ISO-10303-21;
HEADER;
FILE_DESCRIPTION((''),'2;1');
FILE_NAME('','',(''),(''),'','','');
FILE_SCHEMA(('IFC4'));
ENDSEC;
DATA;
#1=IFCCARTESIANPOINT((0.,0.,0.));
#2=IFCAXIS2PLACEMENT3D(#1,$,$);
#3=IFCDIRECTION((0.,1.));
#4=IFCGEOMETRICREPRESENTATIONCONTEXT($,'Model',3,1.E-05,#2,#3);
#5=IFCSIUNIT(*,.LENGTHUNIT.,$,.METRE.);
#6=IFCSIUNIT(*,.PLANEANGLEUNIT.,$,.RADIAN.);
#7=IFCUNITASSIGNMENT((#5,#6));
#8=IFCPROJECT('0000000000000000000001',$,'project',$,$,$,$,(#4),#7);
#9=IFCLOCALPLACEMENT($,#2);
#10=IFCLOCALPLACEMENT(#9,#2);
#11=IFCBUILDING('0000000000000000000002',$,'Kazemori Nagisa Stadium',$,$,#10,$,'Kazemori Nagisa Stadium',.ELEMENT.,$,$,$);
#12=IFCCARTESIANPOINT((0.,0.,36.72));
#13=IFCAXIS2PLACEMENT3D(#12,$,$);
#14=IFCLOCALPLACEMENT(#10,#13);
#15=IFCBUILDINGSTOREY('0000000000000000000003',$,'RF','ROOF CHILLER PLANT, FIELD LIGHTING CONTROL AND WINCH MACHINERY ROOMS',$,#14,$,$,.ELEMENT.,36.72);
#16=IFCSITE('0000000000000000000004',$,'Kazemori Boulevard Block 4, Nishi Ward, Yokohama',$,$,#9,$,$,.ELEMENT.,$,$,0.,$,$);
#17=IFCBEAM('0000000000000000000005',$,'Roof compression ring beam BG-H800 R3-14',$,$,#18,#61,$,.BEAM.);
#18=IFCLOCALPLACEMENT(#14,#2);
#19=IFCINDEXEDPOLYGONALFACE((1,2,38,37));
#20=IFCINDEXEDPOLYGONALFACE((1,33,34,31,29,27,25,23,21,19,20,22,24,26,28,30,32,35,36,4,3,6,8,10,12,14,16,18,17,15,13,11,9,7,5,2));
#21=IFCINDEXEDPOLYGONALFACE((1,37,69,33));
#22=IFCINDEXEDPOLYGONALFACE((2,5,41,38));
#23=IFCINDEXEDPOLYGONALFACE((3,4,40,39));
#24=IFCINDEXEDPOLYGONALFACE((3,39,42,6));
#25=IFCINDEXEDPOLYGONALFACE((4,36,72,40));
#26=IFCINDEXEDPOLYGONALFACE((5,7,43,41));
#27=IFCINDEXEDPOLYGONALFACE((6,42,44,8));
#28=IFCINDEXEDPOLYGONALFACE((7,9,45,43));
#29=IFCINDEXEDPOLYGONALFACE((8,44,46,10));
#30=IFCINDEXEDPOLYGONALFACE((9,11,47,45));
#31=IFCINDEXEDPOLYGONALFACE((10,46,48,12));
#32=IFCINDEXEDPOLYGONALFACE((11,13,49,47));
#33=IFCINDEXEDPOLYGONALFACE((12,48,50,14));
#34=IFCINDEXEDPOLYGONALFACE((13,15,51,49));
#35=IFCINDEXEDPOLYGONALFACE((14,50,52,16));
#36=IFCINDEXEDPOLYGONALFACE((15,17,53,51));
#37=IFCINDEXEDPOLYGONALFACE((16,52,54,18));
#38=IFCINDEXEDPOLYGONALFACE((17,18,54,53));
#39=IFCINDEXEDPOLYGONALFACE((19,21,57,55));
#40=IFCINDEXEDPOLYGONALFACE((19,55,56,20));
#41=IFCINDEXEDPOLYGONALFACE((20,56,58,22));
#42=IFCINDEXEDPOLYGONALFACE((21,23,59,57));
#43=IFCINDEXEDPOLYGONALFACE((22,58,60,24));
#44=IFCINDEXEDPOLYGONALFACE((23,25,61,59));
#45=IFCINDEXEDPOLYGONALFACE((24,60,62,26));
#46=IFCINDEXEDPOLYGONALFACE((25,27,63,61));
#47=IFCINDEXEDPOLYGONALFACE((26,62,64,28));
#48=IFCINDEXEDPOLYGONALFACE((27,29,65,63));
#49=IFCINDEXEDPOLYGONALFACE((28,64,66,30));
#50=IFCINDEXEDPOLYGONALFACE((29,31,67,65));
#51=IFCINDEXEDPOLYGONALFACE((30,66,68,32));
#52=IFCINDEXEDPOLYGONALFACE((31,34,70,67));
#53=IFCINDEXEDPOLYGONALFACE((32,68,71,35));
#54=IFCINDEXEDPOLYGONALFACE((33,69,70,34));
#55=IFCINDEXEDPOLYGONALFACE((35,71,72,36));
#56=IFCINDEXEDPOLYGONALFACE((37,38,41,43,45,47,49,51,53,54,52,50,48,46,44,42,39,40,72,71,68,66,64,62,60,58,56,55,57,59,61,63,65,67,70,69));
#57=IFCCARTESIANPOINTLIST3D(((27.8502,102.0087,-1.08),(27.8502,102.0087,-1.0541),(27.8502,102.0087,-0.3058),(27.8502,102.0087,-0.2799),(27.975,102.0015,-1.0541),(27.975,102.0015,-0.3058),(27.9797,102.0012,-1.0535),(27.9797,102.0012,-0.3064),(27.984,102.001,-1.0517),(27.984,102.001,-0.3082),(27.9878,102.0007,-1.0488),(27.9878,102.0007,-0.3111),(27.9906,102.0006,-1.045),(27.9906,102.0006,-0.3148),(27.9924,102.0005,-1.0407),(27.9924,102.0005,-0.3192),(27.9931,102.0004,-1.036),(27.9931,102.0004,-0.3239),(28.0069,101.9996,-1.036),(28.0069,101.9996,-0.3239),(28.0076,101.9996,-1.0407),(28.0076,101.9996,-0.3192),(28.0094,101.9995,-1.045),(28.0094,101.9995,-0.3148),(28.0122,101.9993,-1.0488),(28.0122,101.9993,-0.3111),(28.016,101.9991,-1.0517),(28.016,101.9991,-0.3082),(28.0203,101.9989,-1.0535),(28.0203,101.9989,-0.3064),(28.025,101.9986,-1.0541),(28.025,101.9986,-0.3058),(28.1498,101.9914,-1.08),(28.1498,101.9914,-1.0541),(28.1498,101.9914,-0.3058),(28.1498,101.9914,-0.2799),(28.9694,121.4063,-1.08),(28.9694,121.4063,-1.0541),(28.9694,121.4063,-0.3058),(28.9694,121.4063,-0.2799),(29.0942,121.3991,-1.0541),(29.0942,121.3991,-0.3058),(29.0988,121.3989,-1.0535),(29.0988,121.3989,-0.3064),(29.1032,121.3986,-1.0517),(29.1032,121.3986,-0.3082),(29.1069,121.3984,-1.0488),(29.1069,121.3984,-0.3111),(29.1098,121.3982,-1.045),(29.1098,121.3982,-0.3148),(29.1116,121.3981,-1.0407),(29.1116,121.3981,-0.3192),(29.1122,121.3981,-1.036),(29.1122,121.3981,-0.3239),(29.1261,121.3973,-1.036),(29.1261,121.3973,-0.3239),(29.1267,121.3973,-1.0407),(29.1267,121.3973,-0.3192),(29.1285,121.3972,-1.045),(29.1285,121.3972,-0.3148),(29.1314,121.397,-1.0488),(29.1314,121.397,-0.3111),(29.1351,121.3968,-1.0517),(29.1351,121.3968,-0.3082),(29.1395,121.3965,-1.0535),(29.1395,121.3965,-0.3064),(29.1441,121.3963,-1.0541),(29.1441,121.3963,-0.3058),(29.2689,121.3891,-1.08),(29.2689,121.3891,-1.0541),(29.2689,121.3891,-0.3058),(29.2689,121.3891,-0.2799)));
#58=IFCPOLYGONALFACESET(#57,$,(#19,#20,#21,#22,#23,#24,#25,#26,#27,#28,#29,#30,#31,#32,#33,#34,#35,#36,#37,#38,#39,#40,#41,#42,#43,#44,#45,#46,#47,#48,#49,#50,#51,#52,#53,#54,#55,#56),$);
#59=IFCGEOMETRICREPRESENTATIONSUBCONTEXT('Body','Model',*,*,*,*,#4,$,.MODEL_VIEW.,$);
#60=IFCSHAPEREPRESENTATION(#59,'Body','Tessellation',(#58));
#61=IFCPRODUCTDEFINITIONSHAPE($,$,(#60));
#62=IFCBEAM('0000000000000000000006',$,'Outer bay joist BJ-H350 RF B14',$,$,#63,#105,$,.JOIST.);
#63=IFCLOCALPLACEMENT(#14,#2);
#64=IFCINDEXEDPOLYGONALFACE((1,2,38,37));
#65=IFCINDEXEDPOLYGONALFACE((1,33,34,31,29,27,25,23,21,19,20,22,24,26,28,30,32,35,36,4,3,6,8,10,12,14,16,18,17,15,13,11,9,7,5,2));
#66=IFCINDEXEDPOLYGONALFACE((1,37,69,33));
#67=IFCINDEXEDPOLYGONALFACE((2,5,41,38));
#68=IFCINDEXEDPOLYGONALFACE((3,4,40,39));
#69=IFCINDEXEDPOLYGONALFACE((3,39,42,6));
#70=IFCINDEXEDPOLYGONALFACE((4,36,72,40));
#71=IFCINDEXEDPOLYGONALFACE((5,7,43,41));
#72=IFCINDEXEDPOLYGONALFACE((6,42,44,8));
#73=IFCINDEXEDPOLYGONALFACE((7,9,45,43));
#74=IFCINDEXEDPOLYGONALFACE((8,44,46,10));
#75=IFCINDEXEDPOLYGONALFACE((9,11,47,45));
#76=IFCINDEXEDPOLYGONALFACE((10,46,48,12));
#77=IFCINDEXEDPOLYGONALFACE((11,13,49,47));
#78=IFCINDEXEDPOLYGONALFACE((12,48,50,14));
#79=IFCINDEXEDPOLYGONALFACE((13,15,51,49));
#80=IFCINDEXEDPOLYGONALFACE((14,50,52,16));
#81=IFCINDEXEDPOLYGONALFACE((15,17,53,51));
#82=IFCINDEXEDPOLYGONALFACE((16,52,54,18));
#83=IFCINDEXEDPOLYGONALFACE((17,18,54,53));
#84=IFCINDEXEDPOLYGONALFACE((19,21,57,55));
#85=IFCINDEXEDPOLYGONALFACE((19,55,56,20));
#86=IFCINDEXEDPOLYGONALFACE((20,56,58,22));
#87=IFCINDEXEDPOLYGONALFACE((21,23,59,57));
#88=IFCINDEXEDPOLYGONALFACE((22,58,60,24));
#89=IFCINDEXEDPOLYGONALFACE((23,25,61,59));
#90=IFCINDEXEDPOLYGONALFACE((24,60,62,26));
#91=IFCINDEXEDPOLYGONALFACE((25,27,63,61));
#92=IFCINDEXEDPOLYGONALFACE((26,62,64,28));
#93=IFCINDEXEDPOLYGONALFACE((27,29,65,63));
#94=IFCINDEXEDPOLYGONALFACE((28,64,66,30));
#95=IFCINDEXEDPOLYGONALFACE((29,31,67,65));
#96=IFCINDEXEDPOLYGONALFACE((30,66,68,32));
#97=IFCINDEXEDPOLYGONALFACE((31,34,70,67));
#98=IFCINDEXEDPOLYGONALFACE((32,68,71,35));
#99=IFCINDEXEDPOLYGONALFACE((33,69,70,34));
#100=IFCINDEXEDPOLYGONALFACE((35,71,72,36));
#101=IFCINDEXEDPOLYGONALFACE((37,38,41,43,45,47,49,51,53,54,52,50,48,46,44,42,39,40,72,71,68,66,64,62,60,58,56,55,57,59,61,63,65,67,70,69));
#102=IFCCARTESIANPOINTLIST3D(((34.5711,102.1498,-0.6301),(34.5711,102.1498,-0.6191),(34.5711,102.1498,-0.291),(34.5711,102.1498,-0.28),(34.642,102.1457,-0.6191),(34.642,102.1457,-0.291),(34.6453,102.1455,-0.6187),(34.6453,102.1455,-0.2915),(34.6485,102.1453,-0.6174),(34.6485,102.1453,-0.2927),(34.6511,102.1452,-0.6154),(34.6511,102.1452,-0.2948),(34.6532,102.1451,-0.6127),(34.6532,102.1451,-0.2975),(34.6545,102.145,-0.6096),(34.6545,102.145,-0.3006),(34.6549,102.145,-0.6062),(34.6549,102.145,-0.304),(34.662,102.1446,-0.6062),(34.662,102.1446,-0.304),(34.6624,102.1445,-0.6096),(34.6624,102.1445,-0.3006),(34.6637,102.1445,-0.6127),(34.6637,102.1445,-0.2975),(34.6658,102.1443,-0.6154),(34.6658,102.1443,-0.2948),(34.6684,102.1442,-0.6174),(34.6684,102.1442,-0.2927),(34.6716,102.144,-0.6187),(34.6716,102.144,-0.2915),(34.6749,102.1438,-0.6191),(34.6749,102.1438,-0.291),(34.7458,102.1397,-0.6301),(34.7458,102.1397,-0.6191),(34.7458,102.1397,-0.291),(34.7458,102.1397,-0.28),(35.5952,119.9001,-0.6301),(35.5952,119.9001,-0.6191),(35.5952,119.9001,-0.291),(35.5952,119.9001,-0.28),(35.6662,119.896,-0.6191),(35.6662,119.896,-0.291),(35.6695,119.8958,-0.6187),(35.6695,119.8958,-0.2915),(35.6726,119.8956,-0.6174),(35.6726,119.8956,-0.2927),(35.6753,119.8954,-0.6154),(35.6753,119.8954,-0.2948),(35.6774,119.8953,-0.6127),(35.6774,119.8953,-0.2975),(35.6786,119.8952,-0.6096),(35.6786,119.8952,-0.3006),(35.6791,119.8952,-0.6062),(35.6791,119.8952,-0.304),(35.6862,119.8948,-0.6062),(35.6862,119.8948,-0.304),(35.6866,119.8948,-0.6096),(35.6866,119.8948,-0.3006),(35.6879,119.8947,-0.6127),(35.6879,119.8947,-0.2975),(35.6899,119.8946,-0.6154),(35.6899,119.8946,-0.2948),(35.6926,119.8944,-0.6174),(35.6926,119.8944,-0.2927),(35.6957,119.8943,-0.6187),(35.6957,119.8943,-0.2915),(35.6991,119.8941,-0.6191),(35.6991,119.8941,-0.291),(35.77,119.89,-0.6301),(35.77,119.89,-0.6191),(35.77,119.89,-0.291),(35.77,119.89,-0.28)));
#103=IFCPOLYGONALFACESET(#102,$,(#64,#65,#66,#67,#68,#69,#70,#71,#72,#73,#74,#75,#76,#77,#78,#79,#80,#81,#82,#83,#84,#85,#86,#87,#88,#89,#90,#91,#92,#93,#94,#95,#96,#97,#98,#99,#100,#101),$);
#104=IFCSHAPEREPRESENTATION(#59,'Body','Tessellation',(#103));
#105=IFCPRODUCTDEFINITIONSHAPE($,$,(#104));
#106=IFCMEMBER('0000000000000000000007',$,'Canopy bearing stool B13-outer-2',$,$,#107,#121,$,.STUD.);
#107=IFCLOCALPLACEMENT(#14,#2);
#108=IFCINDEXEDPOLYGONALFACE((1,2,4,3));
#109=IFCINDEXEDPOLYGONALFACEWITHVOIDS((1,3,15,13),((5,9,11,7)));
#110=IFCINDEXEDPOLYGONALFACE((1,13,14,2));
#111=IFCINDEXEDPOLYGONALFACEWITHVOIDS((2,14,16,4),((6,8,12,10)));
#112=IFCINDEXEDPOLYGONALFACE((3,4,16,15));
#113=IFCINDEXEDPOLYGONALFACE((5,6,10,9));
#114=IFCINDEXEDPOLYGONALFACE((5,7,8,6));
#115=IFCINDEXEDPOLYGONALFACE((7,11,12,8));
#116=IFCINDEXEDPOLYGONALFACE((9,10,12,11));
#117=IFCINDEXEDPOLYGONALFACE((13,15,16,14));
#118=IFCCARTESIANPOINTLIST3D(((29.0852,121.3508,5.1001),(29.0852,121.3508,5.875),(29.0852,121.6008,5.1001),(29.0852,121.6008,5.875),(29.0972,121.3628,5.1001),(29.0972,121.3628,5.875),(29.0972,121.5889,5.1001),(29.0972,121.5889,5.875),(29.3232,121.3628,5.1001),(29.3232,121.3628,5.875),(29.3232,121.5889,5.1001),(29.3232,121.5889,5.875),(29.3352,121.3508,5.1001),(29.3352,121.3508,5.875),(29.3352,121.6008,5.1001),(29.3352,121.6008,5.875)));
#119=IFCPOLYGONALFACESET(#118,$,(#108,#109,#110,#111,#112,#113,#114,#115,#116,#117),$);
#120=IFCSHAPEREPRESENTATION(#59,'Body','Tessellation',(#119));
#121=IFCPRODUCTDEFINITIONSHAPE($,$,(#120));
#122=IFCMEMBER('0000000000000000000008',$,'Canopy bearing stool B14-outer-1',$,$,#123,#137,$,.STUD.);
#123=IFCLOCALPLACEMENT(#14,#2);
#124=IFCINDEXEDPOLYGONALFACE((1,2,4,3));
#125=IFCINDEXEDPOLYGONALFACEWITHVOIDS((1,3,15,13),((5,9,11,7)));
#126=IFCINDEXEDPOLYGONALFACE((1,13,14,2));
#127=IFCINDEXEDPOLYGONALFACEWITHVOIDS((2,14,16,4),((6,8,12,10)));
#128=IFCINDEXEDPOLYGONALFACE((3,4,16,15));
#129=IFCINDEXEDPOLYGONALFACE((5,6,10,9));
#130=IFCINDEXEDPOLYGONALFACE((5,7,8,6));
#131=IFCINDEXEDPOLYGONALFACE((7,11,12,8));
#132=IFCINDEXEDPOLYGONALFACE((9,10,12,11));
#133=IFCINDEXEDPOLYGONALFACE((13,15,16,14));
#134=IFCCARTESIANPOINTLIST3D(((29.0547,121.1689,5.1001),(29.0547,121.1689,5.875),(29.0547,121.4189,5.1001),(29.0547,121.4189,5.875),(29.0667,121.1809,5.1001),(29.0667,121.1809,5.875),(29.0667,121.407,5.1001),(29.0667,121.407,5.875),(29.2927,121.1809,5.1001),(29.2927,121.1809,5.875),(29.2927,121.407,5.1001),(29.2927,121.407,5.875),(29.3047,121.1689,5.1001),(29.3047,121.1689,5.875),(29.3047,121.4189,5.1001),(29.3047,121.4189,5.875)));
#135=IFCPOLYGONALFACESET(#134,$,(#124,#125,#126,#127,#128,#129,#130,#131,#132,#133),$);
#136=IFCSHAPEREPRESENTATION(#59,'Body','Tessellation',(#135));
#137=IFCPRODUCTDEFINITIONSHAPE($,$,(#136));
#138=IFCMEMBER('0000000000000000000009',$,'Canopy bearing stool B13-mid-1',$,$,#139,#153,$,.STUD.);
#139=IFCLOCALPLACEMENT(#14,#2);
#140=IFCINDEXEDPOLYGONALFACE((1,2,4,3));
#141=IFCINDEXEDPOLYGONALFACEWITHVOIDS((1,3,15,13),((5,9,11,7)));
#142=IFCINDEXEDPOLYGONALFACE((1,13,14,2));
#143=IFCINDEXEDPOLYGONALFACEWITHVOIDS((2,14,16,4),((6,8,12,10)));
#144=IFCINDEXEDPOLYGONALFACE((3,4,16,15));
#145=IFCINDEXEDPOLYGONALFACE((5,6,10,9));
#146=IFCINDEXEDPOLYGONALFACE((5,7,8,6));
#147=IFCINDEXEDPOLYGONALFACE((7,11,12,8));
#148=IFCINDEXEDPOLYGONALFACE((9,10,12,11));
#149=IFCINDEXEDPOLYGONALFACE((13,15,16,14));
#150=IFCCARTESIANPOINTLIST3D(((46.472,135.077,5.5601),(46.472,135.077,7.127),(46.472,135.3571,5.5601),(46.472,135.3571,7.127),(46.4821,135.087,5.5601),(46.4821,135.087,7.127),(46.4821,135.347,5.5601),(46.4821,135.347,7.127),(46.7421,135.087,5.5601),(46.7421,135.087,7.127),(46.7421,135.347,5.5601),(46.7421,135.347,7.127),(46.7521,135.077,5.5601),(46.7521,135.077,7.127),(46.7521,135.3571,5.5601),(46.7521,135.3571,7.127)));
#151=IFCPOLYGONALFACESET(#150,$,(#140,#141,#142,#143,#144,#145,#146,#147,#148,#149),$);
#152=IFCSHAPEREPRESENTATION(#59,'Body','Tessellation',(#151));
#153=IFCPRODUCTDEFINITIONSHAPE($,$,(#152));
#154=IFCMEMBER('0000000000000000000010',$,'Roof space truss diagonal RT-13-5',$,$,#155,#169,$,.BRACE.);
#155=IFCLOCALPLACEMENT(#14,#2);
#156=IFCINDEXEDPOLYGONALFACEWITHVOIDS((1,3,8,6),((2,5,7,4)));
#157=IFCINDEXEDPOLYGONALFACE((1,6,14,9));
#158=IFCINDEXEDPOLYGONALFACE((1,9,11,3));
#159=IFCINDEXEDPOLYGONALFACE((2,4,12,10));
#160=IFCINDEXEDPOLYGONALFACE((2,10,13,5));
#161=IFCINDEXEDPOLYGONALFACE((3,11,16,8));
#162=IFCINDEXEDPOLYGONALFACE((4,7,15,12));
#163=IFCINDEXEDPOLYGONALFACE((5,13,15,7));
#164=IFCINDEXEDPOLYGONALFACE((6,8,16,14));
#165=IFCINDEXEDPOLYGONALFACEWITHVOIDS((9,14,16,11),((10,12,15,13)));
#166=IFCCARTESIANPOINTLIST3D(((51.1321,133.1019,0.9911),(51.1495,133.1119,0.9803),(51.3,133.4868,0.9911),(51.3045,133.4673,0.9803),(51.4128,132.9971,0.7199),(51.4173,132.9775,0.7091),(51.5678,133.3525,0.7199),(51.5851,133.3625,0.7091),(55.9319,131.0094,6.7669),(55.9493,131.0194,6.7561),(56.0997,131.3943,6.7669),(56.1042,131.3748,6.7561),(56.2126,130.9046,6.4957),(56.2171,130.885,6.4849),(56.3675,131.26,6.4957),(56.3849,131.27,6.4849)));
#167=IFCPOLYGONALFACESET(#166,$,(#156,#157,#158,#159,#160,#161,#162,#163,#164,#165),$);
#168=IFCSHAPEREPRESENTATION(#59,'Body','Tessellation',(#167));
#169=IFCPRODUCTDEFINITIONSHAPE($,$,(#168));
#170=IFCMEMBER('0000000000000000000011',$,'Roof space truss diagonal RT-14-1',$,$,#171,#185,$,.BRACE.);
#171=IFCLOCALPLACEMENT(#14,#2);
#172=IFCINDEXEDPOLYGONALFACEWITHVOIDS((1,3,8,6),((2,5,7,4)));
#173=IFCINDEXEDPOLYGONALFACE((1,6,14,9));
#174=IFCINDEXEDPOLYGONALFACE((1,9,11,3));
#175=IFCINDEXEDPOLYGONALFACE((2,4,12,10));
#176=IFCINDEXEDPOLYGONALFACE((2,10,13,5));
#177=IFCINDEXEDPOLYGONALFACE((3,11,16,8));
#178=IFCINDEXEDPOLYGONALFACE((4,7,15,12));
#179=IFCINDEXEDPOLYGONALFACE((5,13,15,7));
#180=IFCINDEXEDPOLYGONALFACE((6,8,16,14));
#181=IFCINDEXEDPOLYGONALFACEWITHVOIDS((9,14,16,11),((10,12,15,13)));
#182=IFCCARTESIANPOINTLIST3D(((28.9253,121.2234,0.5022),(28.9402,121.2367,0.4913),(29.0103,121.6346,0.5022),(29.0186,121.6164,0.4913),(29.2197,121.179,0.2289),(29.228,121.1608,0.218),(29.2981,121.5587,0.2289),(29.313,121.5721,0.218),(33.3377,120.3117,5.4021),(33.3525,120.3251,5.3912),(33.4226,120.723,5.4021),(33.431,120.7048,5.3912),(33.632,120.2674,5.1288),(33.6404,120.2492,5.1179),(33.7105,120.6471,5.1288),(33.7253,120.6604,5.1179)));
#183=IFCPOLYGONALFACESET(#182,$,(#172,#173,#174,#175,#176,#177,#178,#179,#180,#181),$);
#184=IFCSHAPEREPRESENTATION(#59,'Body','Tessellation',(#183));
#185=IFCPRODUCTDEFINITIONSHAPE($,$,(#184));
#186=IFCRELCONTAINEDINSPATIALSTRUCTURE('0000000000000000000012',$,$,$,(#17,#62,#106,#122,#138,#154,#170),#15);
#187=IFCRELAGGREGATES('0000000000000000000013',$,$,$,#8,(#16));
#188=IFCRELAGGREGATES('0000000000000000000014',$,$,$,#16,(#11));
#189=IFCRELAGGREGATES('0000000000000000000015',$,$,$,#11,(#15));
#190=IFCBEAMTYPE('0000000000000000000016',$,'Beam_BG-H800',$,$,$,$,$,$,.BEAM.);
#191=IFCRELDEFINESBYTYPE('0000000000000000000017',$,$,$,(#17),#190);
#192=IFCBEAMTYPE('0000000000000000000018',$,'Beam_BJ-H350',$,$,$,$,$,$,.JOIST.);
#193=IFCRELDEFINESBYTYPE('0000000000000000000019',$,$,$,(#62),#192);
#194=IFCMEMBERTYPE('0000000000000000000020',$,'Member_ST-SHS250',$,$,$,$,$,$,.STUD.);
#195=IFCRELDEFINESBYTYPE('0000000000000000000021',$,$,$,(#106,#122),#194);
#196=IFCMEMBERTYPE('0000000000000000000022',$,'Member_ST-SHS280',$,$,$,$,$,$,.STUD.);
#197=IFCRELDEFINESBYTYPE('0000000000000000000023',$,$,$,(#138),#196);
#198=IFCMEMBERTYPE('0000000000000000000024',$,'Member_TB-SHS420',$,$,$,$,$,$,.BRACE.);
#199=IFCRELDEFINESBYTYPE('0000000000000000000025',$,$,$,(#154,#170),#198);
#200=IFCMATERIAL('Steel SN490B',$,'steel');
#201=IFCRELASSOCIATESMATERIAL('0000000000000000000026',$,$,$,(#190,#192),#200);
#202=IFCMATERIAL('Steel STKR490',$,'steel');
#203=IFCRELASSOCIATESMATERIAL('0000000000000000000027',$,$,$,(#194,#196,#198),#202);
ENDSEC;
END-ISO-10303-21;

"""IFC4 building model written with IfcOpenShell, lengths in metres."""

from ifc_helpers import new_model, si_unit, direction, frame, origin, origin_2d, place, context, subcontext, project, spatial, hollow_rectangle, i_section, extrude, material, material_profile, profile_set, type_object, element, save


model = new_model("IFC4")

# Units and contexts
model_context = context("Model", 3, precision=1e-05, world=origin(), true_north=direction((0.0, 1.0)))
body_context = subcontext(model_context, "Body", "Model", "MODEL_VIEW")
ifc_project = project(units=[si_unit("LENGTHUNIT", "METRE"), si_unit("PLANEANGLEUNIT", "RADIAN")], contexts=[model_context])

# Site, building, storey
site_placement = place(None, origin())
site = spatial("IfcSite", under=ifc_project, at=site_placement, Name="Kazemori Boulevard Block 4, Nishi Ward, Yokohama", CompositionType="ELEMENT", RefElevation=0.0)
building_placement = place(site_placement, origin())
building = spatial("IfcBuilding", under=site, at=building_placement, Name="Kazemori Nagisa Stadium", LongName="Kazemori Nagisa Stadium", CompositionType="ELEMENT")
storey_placement = place(building_placement, frame((0.0, 0.0, 36.72)))
storey = spatial("IfcBuildingStorey", under=building, at=storey_placement, Name="RF", Description="ROOF CHILLER PLANT, FIELD LIGHTING CONTROL AND WINCH MACHINERY ROOMS", CompositionType="ELEMENT", Elevation=36.72)

# Shared definitions
ifc_material_1 = material(Name="Steel SN490B", Category="steel")

# Beams
ifc_material_profile_1 = material_profile(ifc_material_1, i_section(OverallWidth=0.3, OverallDepth=0.8, WebThickness=0.0139, FlangeThickness=0.0259, FilletRadius=0.0181, at=origin_2d()), Name="H-800x300x14x26")
ifc_profile_set_1 = profile_set([ifc_material_profile_1], Name="Steel SN490B")
beam_type_1 = type_object("IfcBeamType", Name="Beam_BG-H800", PredefinedType="BEAM", material=ifc_profile_set_1)
beam_1_placement = place(storey_placement, frame((29.1191, 121.3977, -0.6799), z_axis=(-0.057599, -0.99834, 0.0), x_axis=(0.99834, -0.057599, 0.0)))
element("IfcBeam", 1, at=beam_1_placement, inside=storey, type_object=beam_type_1, Name="Roof compression ring beam BG-H800 R3-14", PredefinedType="BEAM", context=body_context, shape_type="SweptSolid", body=[
    extrude(i_section(OverallWidth=0.3, OverallDepth=0.8, WebThickness=0.0139, FlangeThickness=0.0259, FilletRadius=0.0181, at=origin_2d()), origin(), (0.0, 0.0, 1.0), 19.4299),
])
ifc_material_profile_2 = material_profile(ifc_material_1, i_section(OverallWidth=0.175, OverallDepth=0.3501, WebThickness=0.0071, FlangeThickness=0.011, FilletRadius=0.0129, at=origin_2d()), Name="H-350x175x7x11")
ifc_profile_set_2 = profile_set([ifc_material_profile_2], Name="Steel SN490B")
beam_type_2 = type_object("IfcBeamType", Name="Beam_BJ-H350", PredefinedType="JOIST", material=ifc_profile_set_2)
beam_2_placement = place(storey_placement, frame((35.6826, 119.895, -0.4551), z_axis=(-0.057603, -0.99834, 0.0), x_axis=(0.99834, -0.057603, 0.0)))
element("IfcBeam", 2, at=beam_2_placement, inside=storey, type_object=beam_type_2, Name="Outer bay joist BJ-H350 RF B14", PredefinedType="JOIST", context=body_context, shape_type="SweptSolid", body=[
    extrude(i_section(OverallWidth=0.175, OverallDepth=0.3501, WebThickness=0.0071, FlangeThickness=0.011, FilletRadius=0.0129, at=origin_2d()), origin(), (0.0, 0.0, 1.0), 17.7798),
])

# Members
ifc_material_2 = material(Name="Steel STKR490", Category="steel")
ifc_material_profile_3 = material_profile(ifc_material_2, hollow_rectangle(XDim=0.25, YDim=0.25, WallThickness=0.012, at=origin_2d()), Name="SHS-250x250x12")
ifc_profile_set_3 = profile_set([ifc_material_profile_3], Name="Steel STKR490")
member_type_1 = type_object("IfcMemberType", Name="Member_ST-SHS250", PredefinedType="STUD", material=ifc_profile_set_3)
for number, where, z_axis, x_axis, name in (
    (3, (29.2102, 121.4758, 5.1001), (0.0, 0.0, 1.0), (1.0, 0.0, 0.0), "Canopy bearing stool B13-outer-2"),
    (4, (29.1797, 121.2939, 5.1001), (0.0, 0.0, 1.0), (1.0, 0.0, 0.0), "Canopy bearing stool B14-outer-1"),
):
    element("IfcMember", number, at=place(storey_placement, frame(where, z_axis=z_axis, x_axis=x_axis)), inside=storey, type_object=member_type_1, Name=name, PredefinedType="STUD", context=body_context, shape_type="SweptSolid", body=[
        extrude(hollow_rectangle(XDim=0.25, YDim=0.25, WallThickness=0.012, at=origin_2d()), origin(), (0.0, 0.0, 1.0), 0.7749),
    ])
ifc_material_profile_4 = material_profile(ifc_material_2, hollow_rectangle(XDim=0.28, YDim=0.28, WallThickness=0.01, at=origin_2d()), Name="SHS-280x280x10")
ifc_profile_set_4 = profile_set([ifc_material_profile_4], Name="Steel STKR490")
member_type_2 = type_object("IfcMemberType", Name="Member_ST-SHS280", PredefinedType="STUD", material=ifc_profile_set_4)
member_1_placement = place(storey_placement, frame((46.6121, 135.217, 5.5601), z_axis=(0.0, 0.0, 1.0), x_axis=(1.0, 0.0, 0.0)))
element("IfcMember", 5, at=member_1_placement, inside=storey, type_object=member_type_2, Name="Canopy bearing stool B13-mid-1", PredefinedType="STUD", context=body_context, shape_type="SweptSolid", body=[
    extrude(hollow_rectangle(XDim=0.28, YDim=0.28, WallThickness=0.01, at=origin_2d()), origin(), (0.0, 0.0, 1.0), 1.5669),
])
ifc_material_profile_5 = material_profile(ifc_material_2, hollow_rectangle(XDim=0.4199, YDim=0.4199, WallThickness=0.0161, at=origin_2d()), Name="SHS-420x420x16")
ifc_profile_set_5 = profile_set([ifc_material_profile_5], Name="Steel STKR490")
member_type_3 = type_object("IfcMemberType", Name="Member_TB-SHS420", PredefinedType="BRACE", material=ifc_profile_set_5)
member_2_placement = place(storey_placement, frame((51.3586, 133.2322, 0.8501), z_axis=(0.615675, -0.268411, 0.740877), x_axis=(0.399635, 0.916675, 0.0)))
element("IfcMember", 6, at=member_2_placement, inside=storey, type_object=member_type_3, Name="Roof space truss diagonal RT-13-5", PredefinedType="BRACE", context=body_context, shape_type="SweptSolid", body=[
    extrude(hollow_rectangle(XDim=0.4199, YDim=0.4199, WallThickness=0.0161, at=origin_2d()), origin(), (0.0, 0.0, 1.0), 7.7959),
])
member_3_placement = place(storey_placement, frame((29.1191, 121.3977, 0.3601), z_axis=(0.662864, -0.136952, 0.736108), x_axis=(0.202333, 0.979317, 0.0)))
element("IfcMember", 7, at=member_3_placement, inside=storey, type_object=member_type_3, Name="Roof space truss diagonal RT-14-1", PredefinedType="BRACE", context=body_context, shape_type="SweptSolid", body=[
    extrude(hollow_rectangle(XDim=0.4199, YDim=0.4199, WallThickness=0.0161, at=origin_2d()), origin(), (0.0, 0.0, 1.0), 6.6565),
])

save(model, "model.ifc")
